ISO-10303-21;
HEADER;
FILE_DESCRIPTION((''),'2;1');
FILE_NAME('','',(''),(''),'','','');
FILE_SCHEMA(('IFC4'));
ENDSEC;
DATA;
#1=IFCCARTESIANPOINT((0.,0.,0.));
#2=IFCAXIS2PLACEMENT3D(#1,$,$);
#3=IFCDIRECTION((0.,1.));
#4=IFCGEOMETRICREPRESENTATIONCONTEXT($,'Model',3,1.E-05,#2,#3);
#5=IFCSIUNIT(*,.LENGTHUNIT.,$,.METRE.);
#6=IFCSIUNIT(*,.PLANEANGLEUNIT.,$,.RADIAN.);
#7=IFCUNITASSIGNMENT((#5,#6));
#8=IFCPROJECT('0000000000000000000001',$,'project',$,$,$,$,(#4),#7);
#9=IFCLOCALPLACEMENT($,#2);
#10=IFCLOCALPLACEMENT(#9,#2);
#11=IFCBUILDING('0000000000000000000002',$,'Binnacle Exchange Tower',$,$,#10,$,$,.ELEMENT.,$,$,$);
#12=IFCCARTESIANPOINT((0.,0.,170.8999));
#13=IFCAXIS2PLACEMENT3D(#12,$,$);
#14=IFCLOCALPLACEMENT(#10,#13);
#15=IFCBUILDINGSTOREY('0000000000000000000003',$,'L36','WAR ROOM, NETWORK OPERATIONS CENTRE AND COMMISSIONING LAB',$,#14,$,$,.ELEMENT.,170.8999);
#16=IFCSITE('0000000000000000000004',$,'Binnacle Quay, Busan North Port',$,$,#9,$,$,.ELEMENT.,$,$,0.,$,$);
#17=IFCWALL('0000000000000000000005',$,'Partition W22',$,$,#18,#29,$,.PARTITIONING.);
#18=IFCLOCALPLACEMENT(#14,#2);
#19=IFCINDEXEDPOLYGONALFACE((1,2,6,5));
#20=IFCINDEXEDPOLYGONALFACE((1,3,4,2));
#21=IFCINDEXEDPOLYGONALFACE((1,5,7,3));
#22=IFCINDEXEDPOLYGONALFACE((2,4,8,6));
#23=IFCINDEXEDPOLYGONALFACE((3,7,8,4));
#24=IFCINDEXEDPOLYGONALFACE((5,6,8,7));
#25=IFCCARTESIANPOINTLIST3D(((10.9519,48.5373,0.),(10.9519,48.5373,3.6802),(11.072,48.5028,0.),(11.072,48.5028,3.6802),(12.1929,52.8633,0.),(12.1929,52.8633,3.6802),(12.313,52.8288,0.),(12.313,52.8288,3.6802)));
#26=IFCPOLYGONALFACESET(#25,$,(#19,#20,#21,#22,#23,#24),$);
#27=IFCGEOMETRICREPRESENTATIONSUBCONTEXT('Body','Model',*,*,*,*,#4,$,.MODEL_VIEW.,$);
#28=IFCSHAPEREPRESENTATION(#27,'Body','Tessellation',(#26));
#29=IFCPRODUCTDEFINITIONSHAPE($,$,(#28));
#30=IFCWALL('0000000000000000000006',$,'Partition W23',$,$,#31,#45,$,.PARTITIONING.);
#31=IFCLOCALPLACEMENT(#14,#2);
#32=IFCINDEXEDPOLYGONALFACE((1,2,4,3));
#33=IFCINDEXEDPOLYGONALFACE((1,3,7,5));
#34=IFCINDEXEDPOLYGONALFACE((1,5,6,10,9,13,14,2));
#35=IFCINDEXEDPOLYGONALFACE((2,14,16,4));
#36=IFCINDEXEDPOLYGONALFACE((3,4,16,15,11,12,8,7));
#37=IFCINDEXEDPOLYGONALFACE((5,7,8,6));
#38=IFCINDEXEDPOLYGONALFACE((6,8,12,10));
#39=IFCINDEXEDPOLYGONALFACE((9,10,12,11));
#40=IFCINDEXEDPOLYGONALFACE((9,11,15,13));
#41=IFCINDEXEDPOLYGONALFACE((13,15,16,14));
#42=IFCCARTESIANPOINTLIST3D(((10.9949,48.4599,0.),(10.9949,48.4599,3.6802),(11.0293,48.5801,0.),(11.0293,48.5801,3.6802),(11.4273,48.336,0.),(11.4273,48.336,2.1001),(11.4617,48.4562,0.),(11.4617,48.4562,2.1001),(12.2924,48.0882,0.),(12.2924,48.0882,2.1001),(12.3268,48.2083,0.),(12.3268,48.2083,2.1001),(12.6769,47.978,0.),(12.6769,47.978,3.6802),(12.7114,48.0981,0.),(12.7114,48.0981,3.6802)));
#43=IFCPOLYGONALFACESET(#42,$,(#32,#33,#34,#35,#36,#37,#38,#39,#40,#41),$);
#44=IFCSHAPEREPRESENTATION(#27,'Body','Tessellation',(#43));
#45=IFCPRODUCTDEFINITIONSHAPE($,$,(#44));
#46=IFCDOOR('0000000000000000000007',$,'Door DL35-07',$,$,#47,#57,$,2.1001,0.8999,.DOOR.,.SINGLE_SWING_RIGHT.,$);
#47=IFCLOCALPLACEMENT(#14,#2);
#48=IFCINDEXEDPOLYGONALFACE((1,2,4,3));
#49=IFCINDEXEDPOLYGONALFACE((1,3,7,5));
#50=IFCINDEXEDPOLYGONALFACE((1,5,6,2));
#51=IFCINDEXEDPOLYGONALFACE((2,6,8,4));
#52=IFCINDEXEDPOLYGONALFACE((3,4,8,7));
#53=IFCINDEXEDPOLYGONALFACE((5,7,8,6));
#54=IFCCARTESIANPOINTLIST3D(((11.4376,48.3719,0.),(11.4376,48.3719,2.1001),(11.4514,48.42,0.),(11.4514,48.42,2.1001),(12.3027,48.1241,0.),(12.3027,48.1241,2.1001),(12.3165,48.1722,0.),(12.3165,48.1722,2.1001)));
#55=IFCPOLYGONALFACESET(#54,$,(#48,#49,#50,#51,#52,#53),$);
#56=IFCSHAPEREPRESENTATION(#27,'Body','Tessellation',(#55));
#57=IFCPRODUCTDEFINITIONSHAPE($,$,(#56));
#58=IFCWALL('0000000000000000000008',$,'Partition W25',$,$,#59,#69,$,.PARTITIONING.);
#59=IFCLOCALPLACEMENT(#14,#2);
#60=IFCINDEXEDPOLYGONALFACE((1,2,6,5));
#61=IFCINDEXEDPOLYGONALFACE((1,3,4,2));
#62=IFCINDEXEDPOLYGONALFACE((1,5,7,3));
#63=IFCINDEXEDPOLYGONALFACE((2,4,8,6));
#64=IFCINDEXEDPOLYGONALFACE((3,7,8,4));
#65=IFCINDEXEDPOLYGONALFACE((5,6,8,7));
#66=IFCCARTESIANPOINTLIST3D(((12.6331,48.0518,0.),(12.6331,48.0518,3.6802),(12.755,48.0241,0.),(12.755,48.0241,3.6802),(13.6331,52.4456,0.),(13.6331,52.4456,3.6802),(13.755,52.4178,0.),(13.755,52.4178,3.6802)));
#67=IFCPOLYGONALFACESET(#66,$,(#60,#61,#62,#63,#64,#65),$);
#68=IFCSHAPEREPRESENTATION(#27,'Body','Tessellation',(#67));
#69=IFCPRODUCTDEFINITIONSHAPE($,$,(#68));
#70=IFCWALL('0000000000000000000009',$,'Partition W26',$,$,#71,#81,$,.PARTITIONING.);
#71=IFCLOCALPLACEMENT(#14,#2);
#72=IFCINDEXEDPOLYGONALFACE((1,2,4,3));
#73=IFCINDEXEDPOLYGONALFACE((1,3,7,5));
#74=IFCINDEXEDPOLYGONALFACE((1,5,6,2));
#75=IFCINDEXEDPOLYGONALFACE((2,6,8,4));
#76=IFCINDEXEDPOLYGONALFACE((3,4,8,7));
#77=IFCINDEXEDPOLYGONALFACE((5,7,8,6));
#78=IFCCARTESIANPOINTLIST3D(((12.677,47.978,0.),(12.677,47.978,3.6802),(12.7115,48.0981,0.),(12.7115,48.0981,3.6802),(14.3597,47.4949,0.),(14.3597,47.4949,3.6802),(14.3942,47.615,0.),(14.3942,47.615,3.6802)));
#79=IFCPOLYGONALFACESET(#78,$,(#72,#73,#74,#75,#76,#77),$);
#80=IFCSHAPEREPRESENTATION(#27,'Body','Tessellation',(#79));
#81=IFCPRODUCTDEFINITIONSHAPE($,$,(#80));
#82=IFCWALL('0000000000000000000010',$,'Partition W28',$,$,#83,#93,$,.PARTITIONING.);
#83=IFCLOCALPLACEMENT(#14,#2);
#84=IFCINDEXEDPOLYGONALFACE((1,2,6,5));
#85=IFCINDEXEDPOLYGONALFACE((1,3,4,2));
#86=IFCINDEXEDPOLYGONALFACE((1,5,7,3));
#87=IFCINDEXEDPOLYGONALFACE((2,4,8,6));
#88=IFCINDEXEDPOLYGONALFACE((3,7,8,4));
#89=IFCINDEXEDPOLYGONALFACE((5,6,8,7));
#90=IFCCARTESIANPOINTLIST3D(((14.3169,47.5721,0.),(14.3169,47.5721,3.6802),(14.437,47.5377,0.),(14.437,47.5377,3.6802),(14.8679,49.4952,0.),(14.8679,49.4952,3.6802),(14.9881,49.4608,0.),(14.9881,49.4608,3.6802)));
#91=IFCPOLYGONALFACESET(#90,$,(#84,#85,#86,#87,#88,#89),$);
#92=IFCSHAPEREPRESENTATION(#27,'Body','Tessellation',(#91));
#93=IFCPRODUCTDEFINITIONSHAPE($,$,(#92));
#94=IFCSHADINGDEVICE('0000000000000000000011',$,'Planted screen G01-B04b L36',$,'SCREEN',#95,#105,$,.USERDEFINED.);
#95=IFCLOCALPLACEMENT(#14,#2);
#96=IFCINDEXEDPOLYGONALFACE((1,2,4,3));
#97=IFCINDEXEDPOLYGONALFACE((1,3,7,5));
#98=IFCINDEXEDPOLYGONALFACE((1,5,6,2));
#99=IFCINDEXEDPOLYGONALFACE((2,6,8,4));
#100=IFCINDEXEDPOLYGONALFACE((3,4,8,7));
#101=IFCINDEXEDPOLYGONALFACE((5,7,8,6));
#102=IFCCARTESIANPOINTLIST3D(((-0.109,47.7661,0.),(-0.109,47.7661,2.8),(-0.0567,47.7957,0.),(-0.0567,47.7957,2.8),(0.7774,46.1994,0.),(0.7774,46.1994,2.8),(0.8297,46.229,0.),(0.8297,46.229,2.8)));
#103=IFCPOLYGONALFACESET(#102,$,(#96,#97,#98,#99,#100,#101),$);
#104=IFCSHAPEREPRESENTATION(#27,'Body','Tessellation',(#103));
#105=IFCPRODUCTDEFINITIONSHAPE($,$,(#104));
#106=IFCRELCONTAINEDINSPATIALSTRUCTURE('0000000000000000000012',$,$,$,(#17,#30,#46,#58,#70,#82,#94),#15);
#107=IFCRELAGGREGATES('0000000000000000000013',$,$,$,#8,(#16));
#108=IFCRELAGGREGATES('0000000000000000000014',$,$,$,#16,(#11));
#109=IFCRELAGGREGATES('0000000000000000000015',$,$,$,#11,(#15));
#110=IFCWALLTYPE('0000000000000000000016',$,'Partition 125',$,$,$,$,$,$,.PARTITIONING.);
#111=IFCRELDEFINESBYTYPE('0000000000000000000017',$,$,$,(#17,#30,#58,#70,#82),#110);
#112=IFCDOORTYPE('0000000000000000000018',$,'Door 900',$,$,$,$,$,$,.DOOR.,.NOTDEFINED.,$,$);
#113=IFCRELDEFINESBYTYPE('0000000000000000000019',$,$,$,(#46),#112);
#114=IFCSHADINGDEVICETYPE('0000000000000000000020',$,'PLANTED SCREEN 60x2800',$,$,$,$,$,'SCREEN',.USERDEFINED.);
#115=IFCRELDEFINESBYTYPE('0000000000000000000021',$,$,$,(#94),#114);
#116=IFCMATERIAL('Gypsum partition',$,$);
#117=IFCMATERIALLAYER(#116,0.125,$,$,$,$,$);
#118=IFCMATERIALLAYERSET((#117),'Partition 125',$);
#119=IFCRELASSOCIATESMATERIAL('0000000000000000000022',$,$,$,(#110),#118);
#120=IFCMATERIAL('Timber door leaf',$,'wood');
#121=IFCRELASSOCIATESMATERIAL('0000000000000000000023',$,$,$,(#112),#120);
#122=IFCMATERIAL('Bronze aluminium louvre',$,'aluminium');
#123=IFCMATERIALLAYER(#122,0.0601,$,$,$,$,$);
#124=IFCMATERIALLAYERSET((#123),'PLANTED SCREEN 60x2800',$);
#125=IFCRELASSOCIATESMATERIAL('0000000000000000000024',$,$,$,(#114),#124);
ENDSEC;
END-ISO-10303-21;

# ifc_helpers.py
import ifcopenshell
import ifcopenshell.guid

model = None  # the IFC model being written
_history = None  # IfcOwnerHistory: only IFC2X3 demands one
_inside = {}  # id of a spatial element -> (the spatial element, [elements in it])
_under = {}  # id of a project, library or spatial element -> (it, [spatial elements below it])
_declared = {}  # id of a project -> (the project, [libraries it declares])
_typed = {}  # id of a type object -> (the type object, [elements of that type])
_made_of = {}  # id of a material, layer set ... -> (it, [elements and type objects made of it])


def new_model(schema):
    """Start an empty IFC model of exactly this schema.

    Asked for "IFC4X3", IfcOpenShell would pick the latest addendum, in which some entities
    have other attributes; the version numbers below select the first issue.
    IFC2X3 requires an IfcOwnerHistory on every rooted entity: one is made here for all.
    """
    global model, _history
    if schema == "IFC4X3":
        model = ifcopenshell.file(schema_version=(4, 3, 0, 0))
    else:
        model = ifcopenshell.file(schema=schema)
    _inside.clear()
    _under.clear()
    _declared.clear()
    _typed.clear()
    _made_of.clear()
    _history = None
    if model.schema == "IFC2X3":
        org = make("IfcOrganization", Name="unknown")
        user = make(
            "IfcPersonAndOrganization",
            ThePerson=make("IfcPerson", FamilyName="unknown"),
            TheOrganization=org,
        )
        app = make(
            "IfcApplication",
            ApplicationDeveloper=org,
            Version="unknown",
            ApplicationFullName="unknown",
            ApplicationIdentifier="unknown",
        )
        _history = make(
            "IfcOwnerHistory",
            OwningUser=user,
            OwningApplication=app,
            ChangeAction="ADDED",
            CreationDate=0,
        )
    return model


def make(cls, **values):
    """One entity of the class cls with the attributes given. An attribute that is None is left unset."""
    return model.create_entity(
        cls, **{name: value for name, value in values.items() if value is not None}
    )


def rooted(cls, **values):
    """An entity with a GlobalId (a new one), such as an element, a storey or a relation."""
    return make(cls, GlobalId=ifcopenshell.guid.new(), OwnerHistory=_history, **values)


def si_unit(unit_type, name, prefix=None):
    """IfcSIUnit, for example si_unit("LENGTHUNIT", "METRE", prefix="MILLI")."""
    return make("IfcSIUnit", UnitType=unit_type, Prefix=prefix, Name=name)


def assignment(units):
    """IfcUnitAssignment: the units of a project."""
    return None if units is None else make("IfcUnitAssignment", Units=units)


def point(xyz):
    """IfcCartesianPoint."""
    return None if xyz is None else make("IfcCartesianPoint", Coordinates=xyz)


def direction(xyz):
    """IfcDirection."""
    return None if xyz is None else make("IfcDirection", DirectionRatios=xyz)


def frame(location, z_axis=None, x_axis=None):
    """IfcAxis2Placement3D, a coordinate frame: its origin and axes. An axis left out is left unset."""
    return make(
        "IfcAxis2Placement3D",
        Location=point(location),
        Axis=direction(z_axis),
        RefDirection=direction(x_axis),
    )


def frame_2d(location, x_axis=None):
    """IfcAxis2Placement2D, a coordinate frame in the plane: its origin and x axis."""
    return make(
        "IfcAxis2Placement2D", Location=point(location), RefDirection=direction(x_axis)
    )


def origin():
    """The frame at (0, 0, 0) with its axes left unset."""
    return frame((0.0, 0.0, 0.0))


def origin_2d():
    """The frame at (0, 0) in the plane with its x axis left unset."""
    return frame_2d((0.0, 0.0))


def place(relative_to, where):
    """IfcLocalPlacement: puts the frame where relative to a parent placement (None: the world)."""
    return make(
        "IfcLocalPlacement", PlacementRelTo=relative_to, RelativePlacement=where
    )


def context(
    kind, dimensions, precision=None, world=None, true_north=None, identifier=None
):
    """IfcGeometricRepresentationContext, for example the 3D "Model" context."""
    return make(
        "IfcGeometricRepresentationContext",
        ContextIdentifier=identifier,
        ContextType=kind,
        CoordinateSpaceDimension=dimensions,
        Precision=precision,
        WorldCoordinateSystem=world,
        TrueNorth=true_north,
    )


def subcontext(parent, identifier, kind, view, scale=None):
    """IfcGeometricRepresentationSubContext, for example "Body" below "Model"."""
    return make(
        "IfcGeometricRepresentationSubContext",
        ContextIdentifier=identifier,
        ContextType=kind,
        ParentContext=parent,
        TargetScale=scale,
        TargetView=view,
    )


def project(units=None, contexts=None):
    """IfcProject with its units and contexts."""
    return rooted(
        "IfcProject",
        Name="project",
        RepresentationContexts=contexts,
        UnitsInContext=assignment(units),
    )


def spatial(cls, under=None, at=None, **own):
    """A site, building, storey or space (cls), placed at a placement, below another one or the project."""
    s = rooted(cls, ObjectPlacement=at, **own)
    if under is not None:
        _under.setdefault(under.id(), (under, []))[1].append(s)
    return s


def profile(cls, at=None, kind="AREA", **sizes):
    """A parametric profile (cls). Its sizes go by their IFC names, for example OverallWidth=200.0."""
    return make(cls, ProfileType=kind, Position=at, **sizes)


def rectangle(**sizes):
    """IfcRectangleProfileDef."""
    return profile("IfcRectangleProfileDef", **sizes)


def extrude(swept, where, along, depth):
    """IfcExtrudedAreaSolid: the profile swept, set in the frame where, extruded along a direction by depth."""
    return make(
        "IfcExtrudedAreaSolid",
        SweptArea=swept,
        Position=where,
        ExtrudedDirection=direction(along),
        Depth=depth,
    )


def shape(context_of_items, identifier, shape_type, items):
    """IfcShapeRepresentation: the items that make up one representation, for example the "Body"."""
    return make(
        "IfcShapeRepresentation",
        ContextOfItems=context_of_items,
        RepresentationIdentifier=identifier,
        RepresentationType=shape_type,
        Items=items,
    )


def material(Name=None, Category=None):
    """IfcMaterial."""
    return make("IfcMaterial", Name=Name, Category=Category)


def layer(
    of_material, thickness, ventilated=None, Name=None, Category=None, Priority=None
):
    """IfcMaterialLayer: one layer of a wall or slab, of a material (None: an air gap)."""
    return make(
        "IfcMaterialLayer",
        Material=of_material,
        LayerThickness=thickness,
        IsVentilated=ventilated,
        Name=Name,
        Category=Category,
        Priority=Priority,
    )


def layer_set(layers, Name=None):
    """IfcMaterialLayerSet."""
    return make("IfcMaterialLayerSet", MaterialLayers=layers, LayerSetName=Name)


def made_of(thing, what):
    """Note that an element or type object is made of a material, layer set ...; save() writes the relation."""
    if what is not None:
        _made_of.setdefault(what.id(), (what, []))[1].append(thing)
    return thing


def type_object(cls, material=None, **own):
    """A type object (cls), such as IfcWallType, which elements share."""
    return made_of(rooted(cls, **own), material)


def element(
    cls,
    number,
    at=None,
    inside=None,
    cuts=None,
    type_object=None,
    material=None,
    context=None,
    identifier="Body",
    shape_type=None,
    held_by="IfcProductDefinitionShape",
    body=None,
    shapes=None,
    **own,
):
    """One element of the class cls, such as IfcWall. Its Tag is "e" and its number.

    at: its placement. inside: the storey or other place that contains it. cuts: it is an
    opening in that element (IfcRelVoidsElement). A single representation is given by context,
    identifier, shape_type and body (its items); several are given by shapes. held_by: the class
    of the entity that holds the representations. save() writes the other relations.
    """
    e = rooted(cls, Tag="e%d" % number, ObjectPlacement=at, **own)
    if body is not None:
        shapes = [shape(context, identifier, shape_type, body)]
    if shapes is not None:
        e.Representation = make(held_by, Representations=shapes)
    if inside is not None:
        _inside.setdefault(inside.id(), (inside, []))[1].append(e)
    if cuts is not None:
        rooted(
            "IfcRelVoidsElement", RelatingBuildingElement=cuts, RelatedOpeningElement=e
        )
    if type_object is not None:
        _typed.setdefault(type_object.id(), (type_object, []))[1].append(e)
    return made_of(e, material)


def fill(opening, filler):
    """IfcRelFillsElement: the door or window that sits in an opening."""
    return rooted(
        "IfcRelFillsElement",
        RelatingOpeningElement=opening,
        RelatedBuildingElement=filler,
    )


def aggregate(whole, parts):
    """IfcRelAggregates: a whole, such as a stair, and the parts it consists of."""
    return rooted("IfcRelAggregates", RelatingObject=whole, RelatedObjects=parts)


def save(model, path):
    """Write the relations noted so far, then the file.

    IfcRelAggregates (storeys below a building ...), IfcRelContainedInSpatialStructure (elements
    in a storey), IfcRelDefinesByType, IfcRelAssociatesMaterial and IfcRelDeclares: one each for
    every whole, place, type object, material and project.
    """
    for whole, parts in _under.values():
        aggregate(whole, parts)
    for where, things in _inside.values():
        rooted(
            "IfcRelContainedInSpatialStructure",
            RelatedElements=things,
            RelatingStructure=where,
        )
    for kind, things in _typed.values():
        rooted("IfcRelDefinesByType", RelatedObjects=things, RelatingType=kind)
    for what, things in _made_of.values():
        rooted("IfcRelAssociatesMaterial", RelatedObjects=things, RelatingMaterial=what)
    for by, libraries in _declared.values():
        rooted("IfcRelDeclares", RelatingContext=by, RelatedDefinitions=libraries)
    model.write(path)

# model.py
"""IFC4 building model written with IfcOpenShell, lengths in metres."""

from ifc_helpers import new_model, si_unit, direction, frame, frame_2d, origin, origin_2d, place, context, subcontext, project, spatial, rectangle, extrude, material, layer, layer_set, type_object, element, fill, save


model = new_model("IFC4")

# Units and contexts
model_context = context("Model", 3, precision=1e-05, world=origin(), true_north=direction((0.0, 1.0)))
body_context = subcontext(model_context, "Body", "Model", "MODEL_VIEW")
ifc_project = project(units=[si_unit("LENGTHUNIT", "METRE"), si_unit("PLANEANGLEUNIT", "RADIAN")], contexts=[model_context])

# Site, building, storey
site_placement = place(None, origin())
site = spatial("IfcSite", under=ifc_project, at=site_placement, Name="Binnacle Quay, Busan North Port", CompositionType="ELEMENT", RefElevation=0.0)
building_placement = place(site_placement, origin())
building = spatial("IfcBuilding", under=site, at=building_placement, Name="Binnacle Exchange Tower", CompositionType="ELEMENT")
storey_placement = place(building_placement, frame((0.0, 0.0, 170.8999)))
storey = spatial("IfcBuildingStorey", under=building, at=storey_placement, Name="L36", Description="WAR ROOM, NETWORK OPERATIONS CENTRE AND COMMISSIONING LAB", CompositionType="ELEMENT", Elevation=170.8999)

# Wall
ifc_material_1 = material(Name="Gypsum partition")
ifc_layer_1 = layer(ifc_material_1, 0.125)
ifc_layer_set_1 = layer_set([ifc_layer_1], Name="Partition 125")
wall_type_1 = type_object("IfcWallType", Name="Partition 125", PredefinedType="PARTITIONING", material=ifc_layer_set_1)
wall_1_placement = place(storey_placement, frame((11.012, 48.52, 0.0), z_axis=(0.0, 0.0, 1.0), x_axis=(0.275746, 0.961231, 0.0)))
element("IfcWall", 1, at=wall_1_placement, inside=storey, type_object=wall_type_1, Name="Partition W22", PredefinedType="PARTITIONING", context=body_context, shape_type="SweptSolid", body=[
    extrude(rectangle(XDim=4.5005, YDim=0.125, at=frame_2d((2.2502, 0.0))), origin(), (0.0, 0.0, 1.0), 3.6802),
])

# Wall, opening, door
wall_2_placement = place(storey_placement, frame((11.012, 48.52, 0.0), z_axis=(0.0, 0.0, 1.0), x_axis=(0.961324, -0.275421, 0.0)))
wall_2 = element("IfcWall", 2, at=wall_2_placement, inside=storey, type_object=wall_type_1, Name="Partition W23", PredefinedType="PARTITIONING", context=body_context, shape_type="SweptSolid", body=[
    extrude(rectangle(XDim=1.7498, YDim=0.125, at=frame_2d((0.875, 0.0))), origin(), (0.0, 0.0, 1.0), 3.6802),
])
opening_1_placement = place(wall_2_placement, frame((0.45, 0.0, 0.0)))
opening_1 = element("IfcOpeningElement", 3, at=opening_1_placement, cuts=wall_2, PredefinedType="OPENING", context=body_context, shape_type="SweptSolid", body=[
    extrude(rectangle(XDim=0.8999, YDim=2.1001, at=frame_2d((0.45, 1.05))), frame((0.0, 0.0725, 0.0), z_axis=(0.0, -1.0, 0.0), x_axis=(1.0, 0.0, 0.0)), (0.0, 0.0, 1.0), 0.145),
])
ifc_material_2 = material(Name="Timber door leaf", Category="wood")
door_type_1 = type_object("IfcDoorType", Name="Door 900", OperationType="NOTDEFINED", PredefinedType="DOOR", material=ifc_material_2)
door_1_placement = place(opening_1_placement, origin())
door_1 = element("IfcDoor", 4, at=door_1_placement, inside=storey, type_object=door_type_1, Name="Door DL35-07", OperationType="SINGLE_SWING_RIGHT", OverallHeight=2.1001, OverallWidth=0.8999, PredefinedType="DOOR", context=body_context, shape_type="SweptSolid", body=[
    extrude(rectangle(XDim=0.8999, YDim=2.1001, at=frame_2d((0.45, 1.05))), frame((0.0, 0.0249, 0.0), z_axis=(0.0, -1.0, 0.0), x_axis=(1.0, 0.0, 0.0)), (0.0, 0.0, 1.0), 0.05),
])
fill(opening_1, door_1)

# Walls
wall_3_placement = place(storey_placement, frame((12.6941, 48.0381, 0.0), z_axis=(0.0, 0.0, 1.0), x_axis=(0.221918, 0.975065, 0.0)))
element("IfcWall", 5, at=wall_3_placement, inside=storey, type_object=wall_type_1, Name="Partition W25", PredefinedType="PARTITIONING", context=body_context, shape_type="SweptSolid", body=[
    extrude(rectangle(XDim=4.5061, YDim=0.125, at=frame_2d((2.2529, 0.0))), origin(), (0.0, 0.0, 1.0), 3.6802),
])
wall_4_placement = place(storey_placement, frame((12.6941, 48.0381, 0.0), z_axis=(0.0, 0.0, 1.0), x_axis=(0.961171, -0.275955, 0.0)))
element("IfcWall", 6, at=wall_4_placement, inside=storey, type_object=wall_type_1, Name="Partition W26", PredefinedType="PARTITIONING", context=body_context, shape_type="SweptSolid", body=[
    extrude(rectangle(XDim=1.7507, YDim=0.125, at=frame_2d((0.8755, 0.0))), origin(), (0.0, 0.0, 1.0), 3.6802),
])
wall_5_placement = place(storey_placement, frame((14.377, 47.5549, 0.0), z_axis=(0.0, 0.0, 1.0), x_axis=(0.275446, 0.961316, 0.0)))
element("IfcWall", 7, at=wall_5_placement, inside=storey, type_object=wall_type_1, Name="Partition W28", PredefinedType="PARTITIONING", context=body_context, shape_type="SweptSolid", body=[
    extrude(rectangle(XDim=2.0005, YDim=0.125, at=frame_2d((1.0002, 0.0))), origin(), (0.0, 0.0, 1.0), 3.6802),
])

# Shading device
ifc_material_3 = material(Name="Bronze aluminium louvre", Category="aluminium")
ifc_layer_2 = layer(ifc_material_3, 0.0601)
ifc_layer_set_2 = layer_set([ifc_layer_2], Name="PLANTED SCREEN 60x2800")
shading_device_type = type_object("IfcShadingDeviceType", Name="PLANTED SCREEN 60x2800", ElementType="SCREEN", PredefinedType="USERDEFINED", material=ifc_layer_set_2)
shading_device_placement = place(storey_placement, frame((0.3604, 46.9976, 0.0), z_axis=(0.0, 0.0, 1.0), x_axis=(0.870356, 0.492424, 0.0)))
element("IfcShadingDevice", 8, at=shading_device_placement, inside=storey, type_object=shading_device_type, Name="Planted screen G01-B04b L36", ObjectType="SCREEN", PredefinedType="USERDEFINED", context=body_context, shape_type="SweptSolid", body=[
    extrude(rectangle(XDim=0.0601, YDim=1.8, at=origin_2d()), origin(), (0.0, 0.0, 1.0), 2.8),
])

save(model, "model.ifc")
